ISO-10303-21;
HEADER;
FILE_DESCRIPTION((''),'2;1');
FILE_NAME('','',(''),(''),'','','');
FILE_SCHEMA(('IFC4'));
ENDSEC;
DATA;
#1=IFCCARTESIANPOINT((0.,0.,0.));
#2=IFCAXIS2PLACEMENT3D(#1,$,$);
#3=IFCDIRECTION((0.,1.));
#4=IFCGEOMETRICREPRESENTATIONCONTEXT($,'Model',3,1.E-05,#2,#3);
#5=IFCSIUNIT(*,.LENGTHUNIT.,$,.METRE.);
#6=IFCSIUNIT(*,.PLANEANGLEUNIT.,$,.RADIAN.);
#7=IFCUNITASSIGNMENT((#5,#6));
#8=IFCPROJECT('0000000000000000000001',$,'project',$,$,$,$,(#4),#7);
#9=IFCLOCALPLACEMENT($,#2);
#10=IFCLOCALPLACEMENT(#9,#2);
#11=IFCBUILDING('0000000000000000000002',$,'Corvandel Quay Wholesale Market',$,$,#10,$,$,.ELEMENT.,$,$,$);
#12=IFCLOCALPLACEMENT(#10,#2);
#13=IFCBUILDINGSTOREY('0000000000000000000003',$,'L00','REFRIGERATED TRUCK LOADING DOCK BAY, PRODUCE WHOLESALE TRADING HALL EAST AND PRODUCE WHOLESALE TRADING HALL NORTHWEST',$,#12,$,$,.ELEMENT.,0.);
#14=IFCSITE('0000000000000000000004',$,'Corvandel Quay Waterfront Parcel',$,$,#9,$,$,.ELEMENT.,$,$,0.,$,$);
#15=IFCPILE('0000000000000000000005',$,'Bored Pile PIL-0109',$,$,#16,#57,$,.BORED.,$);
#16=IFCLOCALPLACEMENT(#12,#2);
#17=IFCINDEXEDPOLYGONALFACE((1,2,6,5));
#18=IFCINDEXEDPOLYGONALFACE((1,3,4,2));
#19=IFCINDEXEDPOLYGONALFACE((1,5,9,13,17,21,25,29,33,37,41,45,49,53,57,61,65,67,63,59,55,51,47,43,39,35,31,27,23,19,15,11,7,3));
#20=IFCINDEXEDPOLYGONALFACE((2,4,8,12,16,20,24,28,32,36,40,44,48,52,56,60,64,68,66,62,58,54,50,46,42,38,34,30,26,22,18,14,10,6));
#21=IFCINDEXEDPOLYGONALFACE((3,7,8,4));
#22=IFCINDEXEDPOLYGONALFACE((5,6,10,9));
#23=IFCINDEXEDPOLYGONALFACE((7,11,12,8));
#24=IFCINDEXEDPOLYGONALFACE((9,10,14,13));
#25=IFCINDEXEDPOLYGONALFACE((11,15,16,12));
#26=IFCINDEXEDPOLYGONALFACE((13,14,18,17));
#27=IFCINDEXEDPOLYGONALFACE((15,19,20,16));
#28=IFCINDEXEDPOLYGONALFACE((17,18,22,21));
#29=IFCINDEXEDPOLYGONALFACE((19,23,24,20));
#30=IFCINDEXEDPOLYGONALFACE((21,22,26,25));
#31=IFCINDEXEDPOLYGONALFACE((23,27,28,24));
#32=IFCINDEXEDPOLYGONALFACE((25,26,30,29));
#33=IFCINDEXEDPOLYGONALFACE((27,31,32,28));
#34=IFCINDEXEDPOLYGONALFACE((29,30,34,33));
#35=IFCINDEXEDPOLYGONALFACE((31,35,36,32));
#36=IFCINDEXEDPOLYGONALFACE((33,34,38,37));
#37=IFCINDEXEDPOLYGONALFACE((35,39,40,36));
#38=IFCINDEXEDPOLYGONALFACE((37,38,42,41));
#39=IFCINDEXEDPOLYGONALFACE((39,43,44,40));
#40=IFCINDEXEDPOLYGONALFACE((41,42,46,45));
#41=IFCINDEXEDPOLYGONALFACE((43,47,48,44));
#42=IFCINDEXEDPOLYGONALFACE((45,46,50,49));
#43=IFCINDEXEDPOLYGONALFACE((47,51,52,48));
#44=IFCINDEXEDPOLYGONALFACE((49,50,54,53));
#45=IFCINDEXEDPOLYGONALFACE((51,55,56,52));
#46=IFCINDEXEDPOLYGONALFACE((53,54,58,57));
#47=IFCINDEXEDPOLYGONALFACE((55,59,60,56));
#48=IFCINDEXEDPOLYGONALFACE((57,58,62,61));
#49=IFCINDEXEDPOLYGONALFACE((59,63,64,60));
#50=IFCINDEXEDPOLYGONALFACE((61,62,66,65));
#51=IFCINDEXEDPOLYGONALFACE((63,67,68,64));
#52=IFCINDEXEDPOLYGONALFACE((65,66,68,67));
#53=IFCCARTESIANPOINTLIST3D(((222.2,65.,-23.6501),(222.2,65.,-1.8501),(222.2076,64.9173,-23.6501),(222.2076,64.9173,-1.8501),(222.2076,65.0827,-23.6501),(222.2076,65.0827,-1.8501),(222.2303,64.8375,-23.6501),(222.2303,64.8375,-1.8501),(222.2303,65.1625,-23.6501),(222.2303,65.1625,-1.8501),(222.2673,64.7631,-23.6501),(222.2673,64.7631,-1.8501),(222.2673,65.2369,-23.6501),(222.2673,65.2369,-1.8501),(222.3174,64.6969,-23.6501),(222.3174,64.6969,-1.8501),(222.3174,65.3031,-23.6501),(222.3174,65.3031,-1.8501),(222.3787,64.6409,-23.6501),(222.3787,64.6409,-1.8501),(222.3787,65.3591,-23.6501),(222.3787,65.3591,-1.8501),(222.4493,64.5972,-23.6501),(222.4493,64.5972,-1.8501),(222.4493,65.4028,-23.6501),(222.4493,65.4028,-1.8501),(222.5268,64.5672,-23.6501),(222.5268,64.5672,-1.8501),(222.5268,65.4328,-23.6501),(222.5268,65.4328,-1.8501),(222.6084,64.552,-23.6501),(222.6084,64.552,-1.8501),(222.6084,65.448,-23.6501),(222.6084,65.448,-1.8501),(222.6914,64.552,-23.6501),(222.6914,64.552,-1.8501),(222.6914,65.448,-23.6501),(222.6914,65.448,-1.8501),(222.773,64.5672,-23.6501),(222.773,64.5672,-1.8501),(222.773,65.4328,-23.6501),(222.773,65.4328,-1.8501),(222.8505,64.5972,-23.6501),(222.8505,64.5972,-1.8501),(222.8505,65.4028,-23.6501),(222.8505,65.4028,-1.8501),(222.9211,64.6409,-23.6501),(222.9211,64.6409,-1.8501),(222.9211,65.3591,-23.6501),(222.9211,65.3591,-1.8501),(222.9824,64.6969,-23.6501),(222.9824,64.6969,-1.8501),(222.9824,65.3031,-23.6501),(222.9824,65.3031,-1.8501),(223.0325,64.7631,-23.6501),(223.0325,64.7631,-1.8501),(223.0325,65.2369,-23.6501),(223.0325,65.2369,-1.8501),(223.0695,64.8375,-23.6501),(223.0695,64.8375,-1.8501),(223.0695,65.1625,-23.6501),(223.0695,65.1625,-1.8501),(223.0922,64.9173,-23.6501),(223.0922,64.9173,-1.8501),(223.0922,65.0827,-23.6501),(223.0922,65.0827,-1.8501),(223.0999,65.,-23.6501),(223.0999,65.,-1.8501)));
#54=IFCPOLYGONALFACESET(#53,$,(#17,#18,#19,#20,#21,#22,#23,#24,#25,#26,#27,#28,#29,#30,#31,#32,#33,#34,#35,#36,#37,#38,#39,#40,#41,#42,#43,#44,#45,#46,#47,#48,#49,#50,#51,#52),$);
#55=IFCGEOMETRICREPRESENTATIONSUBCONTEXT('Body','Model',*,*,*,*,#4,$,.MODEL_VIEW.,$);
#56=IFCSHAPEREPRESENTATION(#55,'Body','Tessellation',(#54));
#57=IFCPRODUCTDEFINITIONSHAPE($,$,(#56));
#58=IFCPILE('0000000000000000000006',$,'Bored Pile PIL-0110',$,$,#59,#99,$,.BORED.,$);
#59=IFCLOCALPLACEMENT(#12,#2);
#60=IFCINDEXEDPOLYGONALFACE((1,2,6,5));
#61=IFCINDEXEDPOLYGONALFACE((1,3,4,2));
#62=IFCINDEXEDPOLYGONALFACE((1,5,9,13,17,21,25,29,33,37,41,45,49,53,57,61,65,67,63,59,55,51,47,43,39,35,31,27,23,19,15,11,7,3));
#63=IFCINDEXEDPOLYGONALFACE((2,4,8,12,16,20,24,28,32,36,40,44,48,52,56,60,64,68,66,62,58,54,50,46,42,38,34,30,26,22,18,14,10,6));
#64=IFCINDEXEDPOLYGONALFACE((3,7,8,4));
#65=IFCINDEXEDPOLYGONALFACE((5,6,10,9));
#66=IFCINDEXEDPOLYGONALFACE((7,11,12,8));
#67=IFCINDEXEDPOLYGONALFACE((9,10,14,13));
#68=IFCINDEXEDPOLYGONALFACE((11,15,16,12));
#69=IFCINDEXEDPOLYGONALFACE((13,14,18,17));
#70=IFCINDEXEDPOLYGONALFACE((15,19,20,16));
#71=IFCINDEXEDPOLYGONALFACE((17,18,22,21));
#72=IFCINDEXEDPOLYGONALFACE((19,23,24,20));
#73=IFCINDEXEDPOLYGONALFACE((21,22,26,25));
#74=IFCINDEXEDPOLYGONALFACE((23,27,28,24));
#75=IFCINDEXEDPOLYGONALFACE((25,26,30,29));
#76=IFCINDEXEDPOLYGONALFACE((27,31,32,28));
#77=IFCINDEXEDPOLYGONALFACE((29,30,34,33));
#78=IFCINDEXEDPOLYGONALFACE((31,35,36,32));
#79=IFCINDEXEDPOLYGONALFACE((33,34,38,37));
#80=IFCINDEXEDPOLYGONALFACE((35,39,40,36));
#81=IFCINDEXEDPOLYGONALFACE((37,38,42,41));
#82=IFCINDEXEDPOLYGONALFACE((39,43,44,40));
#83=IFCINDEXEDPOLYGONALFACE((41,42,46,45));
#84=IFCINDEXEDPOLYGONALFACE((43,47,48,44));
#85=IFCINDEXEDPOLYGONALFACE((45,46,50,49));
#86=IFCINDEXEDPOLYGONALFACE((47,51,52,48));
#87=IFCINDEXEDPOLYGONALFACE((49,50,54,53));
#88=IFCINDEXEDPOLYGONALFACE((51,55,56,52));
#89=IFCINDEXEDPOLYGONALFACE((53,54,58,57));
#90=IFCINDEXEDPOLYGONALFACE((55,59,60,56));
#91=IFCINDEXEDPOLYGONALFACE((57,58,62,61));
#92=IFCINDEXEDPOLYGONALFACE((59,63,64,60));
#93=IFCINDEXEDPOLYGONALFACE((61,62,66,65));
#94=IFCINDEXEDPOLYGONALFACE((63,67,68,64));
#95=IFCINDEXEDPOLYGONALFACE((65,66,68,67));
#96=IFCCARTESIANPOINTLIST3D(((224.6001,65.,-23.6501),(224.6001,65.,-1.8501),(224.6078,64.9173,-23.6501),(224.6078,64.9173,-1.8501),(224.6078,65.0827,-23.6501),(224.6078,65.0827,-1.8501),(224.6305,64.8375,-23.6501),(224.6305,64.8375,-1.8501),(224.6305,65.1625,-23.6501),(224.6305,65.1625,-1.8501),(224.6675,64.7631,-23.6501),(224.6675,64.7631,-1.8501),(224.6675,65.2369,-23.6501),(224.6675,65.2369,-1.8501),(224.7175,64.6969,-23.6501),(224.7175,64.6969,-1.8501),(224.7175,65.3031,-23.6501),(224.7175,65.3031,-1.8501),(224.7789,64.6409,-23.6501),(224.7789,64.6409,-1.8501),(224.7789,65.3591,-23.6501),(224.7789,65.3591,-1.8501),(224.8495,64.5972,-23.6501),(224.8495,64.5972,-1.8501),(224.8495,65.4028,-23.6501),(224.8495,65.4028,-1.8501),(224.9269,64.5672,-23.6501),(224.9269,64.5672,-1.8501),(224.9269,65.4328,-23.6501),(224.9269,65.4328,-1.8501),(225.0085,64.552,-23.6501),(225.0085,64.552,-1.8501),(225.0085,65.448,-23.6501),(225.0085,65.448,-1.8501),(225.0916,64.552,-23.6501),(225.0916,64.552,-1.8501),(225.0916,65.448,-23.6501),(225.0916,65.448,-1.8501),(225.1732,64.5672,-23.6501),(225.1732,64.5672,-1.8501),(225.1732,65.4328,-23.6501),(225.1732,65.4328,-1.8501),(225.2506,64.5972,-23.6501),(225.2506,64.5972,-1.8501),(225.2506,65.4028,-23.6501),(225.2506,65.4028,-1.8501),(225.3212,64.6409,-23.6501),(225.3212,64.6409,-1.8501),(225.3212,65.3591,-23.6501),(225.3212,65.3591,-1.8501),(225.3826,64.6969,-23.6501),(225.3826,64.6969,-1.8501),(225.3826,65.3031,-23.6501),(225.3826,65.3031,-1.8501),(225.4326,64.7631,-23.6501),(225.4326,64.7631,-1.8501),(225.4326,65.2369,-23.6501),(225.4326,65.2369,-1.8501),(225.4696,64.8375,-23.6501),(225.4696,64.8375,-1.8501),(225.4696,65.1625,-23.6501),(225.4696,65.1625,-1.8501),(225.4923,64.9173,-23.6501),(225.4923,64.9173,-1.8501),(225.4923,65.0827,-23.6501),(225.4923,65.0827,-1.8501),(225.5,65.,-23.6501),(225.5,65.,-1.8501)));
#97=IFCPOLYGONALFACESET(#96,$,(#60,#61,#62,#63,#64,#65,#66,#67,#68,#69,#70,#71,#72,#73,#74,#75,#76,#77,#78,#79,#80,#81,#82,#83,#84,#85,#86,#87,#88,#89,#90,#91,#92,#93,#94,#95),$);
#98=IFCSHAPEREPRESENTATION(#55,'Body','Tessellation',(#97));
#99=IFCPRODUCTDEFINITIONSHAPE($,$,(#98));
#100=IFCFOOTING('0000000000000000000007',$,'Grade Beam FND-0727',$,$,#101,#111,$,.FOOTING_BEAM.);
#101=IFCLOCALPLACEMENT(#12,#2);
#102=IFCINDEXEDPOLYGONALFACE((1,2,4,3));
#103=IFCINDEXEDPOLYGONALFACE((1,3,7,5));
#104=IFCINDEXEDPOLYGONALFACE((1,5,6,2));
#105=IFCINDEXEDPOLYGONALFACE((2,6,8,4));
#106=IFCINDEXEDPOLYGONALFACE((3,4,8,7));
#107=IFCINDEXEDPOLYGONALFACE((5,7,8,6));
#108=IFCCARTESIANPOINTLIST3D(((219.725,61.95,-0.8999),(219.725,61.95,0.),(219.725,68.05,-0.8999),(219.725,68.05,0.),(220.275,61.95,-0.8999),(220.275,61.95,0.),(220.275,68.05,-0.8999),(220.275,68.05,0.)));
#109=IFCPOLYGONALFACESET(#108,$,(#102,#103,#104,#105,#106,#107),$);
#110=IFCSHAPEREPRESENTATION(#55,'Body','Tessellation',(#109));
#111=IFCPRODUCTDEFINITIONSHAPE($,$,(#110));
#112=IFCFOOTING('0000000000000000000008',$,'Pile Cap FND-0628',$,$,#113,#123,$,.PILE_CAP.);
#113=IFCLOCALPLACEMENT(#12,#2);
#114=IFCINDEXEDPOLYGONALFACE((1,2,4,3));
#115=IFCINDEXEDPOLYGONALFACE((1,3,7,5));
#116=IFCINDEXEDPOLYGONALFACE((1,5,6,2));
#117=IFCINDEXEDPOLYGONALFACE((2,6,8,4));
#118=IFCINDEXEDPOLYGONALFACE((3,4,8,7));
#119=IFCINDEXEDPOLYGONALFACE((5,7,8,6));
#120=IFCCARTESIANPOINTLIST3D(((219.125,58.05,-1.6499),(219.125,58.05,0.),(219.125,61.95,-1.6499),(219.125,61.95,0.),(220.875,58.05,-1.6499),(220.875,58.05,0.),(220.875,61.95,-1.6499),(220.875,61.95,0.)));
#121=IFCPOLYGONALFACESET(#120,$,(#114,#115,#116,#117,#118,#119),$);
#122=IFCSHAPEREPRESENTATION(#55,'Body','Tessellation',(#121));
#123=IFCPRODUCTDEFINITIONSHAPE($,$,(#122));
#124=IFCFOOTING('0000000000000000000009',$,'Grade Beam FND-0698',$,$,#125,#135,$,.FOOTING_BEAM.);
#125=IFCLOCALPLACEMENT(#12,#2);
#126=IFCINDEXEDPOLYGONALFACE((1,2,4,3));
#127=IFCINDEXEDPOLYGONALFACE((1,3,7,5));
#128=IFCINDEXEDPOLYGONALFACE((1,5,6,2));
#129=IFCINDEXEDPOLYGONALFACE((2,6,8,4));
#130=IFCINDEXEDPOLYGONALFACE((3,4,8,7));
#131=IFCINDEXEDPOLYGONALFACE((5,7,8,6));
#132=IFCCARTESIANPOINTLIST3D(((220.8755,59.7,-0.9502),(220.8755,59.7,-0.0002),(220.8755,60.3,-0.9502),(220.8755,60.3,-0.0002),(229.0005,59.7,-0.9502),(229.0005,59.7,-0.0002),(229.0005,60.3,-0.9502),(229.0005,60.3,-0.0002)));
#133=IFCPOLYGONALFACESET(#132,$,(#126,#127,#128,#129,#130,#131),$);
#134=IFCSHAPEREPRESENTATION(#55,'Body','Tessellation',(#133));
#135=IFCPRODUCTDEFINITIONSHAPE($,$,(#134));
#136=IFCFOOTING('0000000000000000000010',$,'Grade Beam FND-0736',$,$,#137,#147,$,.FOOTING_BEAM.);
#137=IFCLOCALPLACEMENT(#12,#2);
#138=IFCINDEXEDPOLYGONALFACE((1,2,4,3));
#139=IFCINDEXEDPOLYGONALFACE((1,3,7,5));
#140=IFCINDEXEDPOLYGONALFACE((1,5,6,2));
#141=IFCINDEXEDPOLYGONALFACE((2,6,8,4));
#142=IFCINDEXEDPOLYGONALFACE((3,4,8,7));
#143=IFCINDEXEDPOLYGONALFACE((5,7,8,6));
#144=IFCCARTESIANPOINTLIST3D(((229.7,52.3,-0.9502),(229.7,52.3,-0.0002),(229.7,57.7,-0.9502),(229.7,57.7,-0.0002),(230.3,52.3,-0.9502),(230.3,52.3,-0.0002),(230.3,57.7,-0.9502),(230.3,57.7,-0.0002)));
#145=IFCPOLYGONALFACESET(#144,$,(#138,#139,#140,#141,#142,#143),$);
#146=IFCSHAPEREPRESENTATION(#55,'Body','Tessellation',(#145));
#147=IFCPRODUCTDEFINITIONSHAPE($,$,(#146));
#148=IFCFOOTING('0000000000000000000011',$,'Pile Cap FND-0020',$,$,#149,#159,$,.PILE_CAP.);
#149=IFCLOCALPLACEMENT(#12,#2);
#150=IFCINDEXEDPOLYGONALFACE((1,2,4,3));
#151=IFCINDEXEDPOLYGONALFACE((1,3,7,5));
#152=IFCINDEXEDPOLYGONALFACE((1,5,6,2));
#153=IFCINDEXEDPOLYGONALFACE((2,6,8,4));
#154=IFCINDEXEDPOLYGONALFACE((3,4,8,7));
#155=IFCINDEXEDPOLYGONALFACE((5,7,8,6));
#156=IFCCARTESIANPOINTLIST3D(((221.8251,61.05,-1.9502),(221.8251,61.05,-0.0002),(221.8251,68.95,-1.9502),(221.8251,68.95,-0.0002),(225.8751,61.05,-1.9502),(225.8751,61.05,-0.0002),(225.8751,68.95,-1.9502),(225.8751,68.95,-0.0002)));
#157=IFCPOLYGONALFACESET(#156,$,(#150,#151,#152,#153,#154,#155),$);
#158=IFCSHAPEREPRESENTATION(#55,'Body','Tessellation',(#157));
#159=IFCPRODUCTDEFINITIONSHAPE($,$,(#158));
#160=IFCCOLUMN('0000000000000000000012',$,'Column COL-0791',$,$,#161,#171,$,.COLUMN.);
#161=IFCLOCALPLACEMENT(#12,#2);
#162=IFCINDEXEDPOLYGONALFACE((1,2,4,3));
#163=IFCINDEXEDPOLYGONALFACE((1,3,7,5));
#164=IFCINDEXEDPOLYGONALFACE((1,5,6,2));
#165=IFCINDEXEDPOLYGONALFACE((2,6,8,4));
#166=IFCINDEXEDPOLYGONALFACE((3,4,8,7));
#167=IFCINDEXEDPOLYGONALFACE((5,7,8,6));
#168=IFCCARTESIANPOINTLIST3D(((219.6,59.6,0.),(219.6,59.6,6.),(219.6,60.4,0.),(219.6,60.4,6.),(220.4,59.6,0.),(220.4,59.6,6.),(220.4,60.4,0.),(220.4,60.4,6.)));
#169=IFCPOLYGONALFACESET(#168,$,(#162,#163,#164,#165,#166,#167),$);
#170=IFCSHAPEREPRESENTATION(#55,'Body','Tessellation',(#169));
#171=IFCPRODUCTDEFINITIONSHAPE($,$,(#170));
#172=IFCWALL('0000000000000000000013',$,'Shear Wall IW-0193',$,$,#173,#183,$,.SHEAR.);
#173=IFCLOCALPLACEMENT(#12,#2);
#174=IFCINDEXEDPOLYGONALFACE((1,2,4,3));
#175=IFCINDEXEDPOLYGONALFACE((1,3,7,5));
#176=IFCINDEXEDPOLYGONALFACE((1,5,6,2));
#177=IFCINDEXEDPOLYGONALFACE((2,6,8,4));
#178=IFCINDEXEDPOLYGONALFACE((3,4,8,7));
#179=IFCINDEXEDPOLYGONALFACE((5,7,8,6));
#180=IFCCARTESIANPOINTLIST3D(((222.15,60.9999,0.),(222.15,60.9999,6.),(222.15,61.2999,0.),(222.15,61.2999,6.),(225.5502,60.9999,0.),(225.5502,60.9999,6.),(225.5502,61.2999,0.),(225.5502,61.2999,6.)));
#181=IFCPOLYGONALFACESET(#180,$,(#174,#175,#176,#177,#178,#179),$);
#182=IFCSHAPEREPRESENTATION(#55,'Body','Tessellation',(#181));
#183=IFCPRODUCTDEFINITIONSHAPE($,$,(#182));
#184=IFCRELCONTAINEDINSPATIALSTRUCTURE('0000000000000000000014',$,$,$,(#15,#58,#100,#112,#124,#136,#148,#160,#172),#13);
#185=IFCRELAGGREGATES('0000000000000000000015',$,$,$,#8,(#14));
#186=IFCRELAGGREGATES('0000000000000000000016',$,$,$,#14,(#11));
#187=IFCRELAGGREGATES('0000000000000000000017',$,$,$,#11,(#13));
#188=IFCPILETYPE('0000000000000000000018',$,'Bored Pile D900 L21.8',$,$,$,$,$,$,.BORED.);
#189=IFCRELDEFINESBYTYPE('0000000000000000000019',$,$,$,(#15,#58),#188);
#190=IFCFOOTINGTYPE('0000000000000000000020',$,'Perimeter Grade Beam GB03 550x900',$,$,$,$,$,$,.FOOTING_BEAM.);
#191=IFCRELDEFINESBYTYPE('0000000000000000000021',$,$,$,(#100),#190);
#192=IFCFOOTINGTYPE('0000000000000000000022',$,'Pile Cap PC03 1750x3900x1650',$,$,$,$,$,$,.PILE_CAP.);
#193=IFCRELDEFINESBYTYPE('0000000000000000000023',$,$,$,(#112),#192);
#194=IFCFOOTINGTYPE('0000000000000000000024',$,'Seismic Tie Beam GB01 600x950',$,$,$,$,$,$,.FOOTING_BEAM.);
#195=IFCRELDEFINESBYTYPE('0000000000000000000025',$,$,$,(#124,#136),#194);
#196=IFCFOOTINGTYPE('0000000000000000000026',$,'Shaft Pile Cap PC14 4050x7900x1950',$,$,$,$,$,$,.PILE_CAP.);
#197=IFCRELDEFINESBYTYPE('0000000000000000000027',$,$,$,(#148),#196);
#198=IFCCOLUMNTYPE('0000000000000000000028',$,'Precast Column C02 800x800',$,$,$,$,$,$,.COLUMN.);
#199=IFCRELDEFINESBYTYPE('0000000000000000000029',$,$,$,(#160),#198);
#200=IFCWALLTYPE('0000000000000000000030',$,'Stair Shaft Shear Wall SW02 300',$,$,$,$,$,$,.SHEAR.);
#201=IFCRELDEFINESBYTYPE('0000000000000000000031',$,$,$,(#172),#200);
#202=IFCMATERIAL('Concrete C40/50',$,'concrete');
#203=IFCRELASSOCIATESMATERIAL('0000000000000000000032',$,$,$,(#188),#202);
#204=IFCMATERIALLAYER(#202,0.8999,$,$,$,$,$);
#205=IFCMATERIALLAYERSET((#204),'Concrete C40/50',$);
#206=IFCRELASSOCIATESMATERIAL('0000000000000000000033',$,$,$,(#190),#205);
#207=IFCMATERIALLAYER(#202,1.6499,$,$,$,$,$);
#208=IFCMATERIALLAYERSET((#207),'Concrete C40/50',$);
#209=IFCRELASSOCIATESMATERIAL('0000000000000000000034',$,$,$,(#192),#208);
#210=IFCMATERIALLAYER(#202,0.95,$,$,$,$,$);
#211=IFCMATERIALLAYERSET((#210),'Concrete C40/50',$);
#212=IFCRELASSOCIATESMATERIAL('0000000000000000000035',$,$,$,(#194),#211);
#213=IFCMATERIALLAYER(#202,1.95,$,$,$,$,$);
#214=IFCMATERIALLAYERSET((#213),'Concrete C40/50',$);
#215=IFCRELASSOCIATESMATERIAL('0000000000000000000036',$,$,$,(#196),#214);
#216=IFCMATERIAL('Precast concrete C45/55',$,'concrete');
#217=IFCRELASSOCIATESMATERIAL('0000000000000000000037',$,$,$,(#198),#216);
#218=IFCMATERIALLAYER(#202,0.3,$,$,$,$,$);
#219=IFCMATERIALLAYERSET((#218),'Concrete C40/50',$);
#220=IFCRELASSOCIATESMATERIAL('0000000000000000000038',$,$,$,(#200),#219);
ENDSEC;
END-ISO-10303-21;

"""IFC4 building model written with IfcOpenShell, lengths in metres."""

from ifc_helpers import new_model, si_unit, direction, frame, frame_2d, origin, origin_2d, place, context, subcontext, project, spatial, rectangle, circle, extrude, material, layer, layer_set, material_profile, profile_set, type_object, element, save


model = new_model("IFC4")

# Units and contexts
model_context = context("Model", 3, precision=1e-05, world=origin(), true_north=direction((0.0, 1.0)))
body_context = subcontext(model_context, "Body", "Model", "MODEL_VIEW")
ifc_project = project(units=[si_unit("LENGTHUNIT", "METRE"), si_unit("PLANEANGLEUNIT", "RADIAN")], contexts=[model_context])

# Site, building, storey
site_placement = place(None, origin())
site = spatial("IfcSite", under=ifc_project, at=site_placement, Name="Corvandel Quay Waterfront Parcel", CompositionType="ELEMENT", RefElevation=0.0)
building_placement = place(site_placement, origin())
building = spatial("IfcBuilding", under=site, at=building_placement, Name="Corvandel Quay Wholesale Market", CompositionType="ELEMENT")
storey_placement = place(building_placement, origin())
storey = spatial("IfcBuildingStorey", under=building, at=storey_placement, Name="L00", Description="REFRIGERATED TRUCK LOADING DOCK BAY, PRODUCE WHOLESALE TRADING HALL EAST AND PRODUCE WHOLESALE TRADING HALL NORTHWEST", CompositionType="ELEMENT", Elevation=0.0)

# Piles
ifc_material_1 = material(Name="Concrete C40/50", Category="concrete")
ifc_material_profile_1 = material_profile(ifc_material_1, circle(Radius=0.45, at=origin_2d()), Name="RC-PILE-D900")
ifc_profile_set_1 = profile_set([ifc_material_profile_1], Name="Concrete C40/50")
pile_type_1 = type_object("IfcPileType", Name="Bored Pile D900 L21.8", PredefinedType="BORED", material=ifc_profile_set_1)
for number, where, z_axis, x_axis, name in (
    (1, (222.6499, 65.0, -1.8501), (0.0, 0.0, -1.0), (1.0, 0.0, 0.0), "Bored Pile PIL-0109"),
    (2, (225.05, 65.0, -1.8501), (0.0, 0.0, -1.0), (1.0, 0.0, 0.0), "Bored Pile PIL-0110"),
):
    element("IfcPile", number, at=place(storey_placement, frame(where, z_axis=z_axis, x_axis=x_axis)), inside=storey, type_object=pile_type_1, Name=name, PredefinedType="BORED", context=body_context, shape_type="SweptSolid", body=[
        extrude(circle(Radius=0.45, at=origin_2d()), origin(), (0.0, 0.0, 1.0), 21.8),
    ])

# Footings
ifc_layer_1 = layer(ifc_material_1, 0.8999)
ifc_layer_set_1 = layer_set([ifc_layer_1], Name="Concrete C40/50")
footing_type_1 = type_object("IfcFootingType", Name="Perimeter Grade Beam GB03 550x900", PredefinedType="FOOTING_BEAM", material=ifc_layer_set_1)
footing_1_placement = place(storey_placement, frame((220.0, 65.0, -0.8999), z_axis=(0.0, 0.0, 1.0), x_axis=(0.0, 1.0, 0.0)))
element("IfcFooting", 3, at=footing_1_placement, inside=storey, type_object=footing_type_1, Name="Grade Beam FND-0727", PredefinedType="FOOTING_BEAM", context=body_context, shape_type="SweptSolid", body=[
    extrude(rectangle(XDim=6.1001, YDim=0.55, at=origin_2d()), origin(), (0.0, 0.0, 1.0), 0.8999),
])
ifc_layer_2 = layer(ifc_material_1, 1.6499)
ifc_layer_set_2 = layer_set([ifc_layer_2], Name="Concrete C40/50")
footing_type_2 = type_object("IfcFootingType", Name="Pile Cap PC03 1750x3900x1650", PredefinedType="PILE_CAP", material=ifc_layer_set_2)
footing_2_placement = place(storey_placement, frame((220.0, 60.0, -1.6499), z_axis=(0.0, 0.0, 1.0), x_axis=(1.0, 0.0, 0.0)))
element("IfcFooting", 4, at=footing_2_placement, inside=storey, type_object=footing_type_2, Name="Pile Cap FND-0628", PredefinedType="PILE_CAP", context=body_context, shape_type="SweptSolid", body=[
    extrude(rectangle(XDim=1.75, YDim=3.8999, at=origin_2d()), origin(), (0.0, 0.0, 1.0), 1.6499),
])
ifc_layer_3 = layer(ifc_material_1, 0.95)
ifc_layer_set_3 = layer_set([ifc_layer_3], Name="Concrete C40/50")
footing_type_3 = type_object("IfcFootingType", Name="Seismic Tie Beam GB01 600x950", PredefinedType="FOOTING_BEAM", material=ifc_layer_set_3)
footing_3_placement = place(storey_placement, frame((224.938, 60.0, -0.9502), z_axis=(0.0, 0.0, 1.0), x_axis=(1.0, 0.0, 0.0)))
element("IfcFooting", 5, at=footing_3_placement, inside=storey, type_object=footing_type_3, Name="Grade Beam FND-0698", PredefinedType="FOOTING_BEAM", context=body_context, shape_type="SweptSolid", body=[
    extrude(rectangle(XDim=8.125, YDim=0.6001, at=origin_2d()), origin(), (0.0, 0.0, 1.0), 0.95),
])
footing_4_placement = place(storey_placement, frame((230.0, 55.0, -0.9502), z_axis=(0.0, 0.0, 1.0), x_axis=(0.0, 1.0, 0.0)))
element("IfcFooting", 6, at=footing_4_placement, inside=storey, type_object=footing_type_3, Name="Grade Beam FND-0736", PredefinedType="FOOTING_BEAM", context=body_context, shape_type="SweptSolid", body=[
    extrude(rectangle(XDim=5.3999, YDim=0.6001, at=origin_2d()), origin(), (0.0, 0.0, 1.0), 0.95),
])
ifc_layer_4 = layer(ifc_material_1, 1.95)
ifc_layer_set_4 = layer_set([ifc_layer_4], Name="Concrete C40/50")
footing_type_4 = type_object("IfcFootingType", Name="Shaft Pile Cap PC14 4050x7900x1950", PredefinedType="PILE_CAP", material=ifc_layer_set_4)
footing_5_placement = place(storey_placement, frame((223.8501, 65.0, -1.9502), z_axis=(0.0, 0.0, 1.0), x_axis=(1.0, 0.0, 0.0)))
element("IfcFooting", 7, at=footing_5_placement, inside=storey, type_object=footing_type_4, Name="Pile Cap FND-0020", PredefinedType="PILE_CAP", context=body_context, shape_type="SweptSolid", body=[
    extrude(rectangle(XDim=4.05, YDim=7.8999, at=origin_2d()), origin(), (0.0, 0.0, 1.0), 1.95),
])

# Column
ifc_material_2 = material(Name="Precast concrete C45/55", Category="concrete")
ifc_material_profile_2 = material_profile(ifc_material_2, rectangle(XDim=0.8, YDim=0.8, at=origin_2d()), Name="PC-COL-800x800")
ifc_profile_set_2 = profile_set([ifc_material_profile_2], Name="Precast concrete C45/55")
column_type = type_object("IfcColumnType", Name="Precast Column C02 800x800", PredefinedType="COLUMN", material=ifc_profile_set_2)
column_placement = place(storey_placement, frame((220.0, 60.0, 0.0), z_axis=(0.0, 0.0, 1.0), x_axis=(1.0, 0.0, 0.0)))
element("IfcColumn", 8, at=column_placement, inside=storey, type_object=column_type, Name="Column COL-0791", PredefinedType="COLUMN", context=body_context, shape_type="SweptSolid", body=[
    extrude(rectangle(XDim=0.8, YDim=0.8, at=origin_2d()), origin(), (0.0, 0.0, 1.0), 6.0),
])

# Wall
ifc_layer_5 = layer(ifc_material_1, 0.3)
ifc_layer_set_5 = layer_set([ifc_layer_5], Name="Concrete C40/50")
wall_type = type_object("IfcWallType", Name="Stair Shaft Shear Wall SW02 300", PredefinedType="SHEAR", material=ifc_layer_set_5)
wall_1_placement = place(storey_placement, frame((222.1499, 61.1499, 0.0), z_axis=(0.0, 0.0, 1.0), x_axis=(1.0, 0.0, 0.0)))
element("IfcWall", 9, at=wall_1_placement, inside=storey, type_object=wall_type, Name="Shear Wall IW-0193", PredefinedType="SHEAR", context=body_context, shape_type="SweptSolid", body=[
    extrude(rectangle(XDim=3.4001, YDim=0.3, at=frame_2d((1.7002, 0.0))), origin(), (0.0, 0.0, 1.0), 6.0),
])

save(model, "model.ifc")
